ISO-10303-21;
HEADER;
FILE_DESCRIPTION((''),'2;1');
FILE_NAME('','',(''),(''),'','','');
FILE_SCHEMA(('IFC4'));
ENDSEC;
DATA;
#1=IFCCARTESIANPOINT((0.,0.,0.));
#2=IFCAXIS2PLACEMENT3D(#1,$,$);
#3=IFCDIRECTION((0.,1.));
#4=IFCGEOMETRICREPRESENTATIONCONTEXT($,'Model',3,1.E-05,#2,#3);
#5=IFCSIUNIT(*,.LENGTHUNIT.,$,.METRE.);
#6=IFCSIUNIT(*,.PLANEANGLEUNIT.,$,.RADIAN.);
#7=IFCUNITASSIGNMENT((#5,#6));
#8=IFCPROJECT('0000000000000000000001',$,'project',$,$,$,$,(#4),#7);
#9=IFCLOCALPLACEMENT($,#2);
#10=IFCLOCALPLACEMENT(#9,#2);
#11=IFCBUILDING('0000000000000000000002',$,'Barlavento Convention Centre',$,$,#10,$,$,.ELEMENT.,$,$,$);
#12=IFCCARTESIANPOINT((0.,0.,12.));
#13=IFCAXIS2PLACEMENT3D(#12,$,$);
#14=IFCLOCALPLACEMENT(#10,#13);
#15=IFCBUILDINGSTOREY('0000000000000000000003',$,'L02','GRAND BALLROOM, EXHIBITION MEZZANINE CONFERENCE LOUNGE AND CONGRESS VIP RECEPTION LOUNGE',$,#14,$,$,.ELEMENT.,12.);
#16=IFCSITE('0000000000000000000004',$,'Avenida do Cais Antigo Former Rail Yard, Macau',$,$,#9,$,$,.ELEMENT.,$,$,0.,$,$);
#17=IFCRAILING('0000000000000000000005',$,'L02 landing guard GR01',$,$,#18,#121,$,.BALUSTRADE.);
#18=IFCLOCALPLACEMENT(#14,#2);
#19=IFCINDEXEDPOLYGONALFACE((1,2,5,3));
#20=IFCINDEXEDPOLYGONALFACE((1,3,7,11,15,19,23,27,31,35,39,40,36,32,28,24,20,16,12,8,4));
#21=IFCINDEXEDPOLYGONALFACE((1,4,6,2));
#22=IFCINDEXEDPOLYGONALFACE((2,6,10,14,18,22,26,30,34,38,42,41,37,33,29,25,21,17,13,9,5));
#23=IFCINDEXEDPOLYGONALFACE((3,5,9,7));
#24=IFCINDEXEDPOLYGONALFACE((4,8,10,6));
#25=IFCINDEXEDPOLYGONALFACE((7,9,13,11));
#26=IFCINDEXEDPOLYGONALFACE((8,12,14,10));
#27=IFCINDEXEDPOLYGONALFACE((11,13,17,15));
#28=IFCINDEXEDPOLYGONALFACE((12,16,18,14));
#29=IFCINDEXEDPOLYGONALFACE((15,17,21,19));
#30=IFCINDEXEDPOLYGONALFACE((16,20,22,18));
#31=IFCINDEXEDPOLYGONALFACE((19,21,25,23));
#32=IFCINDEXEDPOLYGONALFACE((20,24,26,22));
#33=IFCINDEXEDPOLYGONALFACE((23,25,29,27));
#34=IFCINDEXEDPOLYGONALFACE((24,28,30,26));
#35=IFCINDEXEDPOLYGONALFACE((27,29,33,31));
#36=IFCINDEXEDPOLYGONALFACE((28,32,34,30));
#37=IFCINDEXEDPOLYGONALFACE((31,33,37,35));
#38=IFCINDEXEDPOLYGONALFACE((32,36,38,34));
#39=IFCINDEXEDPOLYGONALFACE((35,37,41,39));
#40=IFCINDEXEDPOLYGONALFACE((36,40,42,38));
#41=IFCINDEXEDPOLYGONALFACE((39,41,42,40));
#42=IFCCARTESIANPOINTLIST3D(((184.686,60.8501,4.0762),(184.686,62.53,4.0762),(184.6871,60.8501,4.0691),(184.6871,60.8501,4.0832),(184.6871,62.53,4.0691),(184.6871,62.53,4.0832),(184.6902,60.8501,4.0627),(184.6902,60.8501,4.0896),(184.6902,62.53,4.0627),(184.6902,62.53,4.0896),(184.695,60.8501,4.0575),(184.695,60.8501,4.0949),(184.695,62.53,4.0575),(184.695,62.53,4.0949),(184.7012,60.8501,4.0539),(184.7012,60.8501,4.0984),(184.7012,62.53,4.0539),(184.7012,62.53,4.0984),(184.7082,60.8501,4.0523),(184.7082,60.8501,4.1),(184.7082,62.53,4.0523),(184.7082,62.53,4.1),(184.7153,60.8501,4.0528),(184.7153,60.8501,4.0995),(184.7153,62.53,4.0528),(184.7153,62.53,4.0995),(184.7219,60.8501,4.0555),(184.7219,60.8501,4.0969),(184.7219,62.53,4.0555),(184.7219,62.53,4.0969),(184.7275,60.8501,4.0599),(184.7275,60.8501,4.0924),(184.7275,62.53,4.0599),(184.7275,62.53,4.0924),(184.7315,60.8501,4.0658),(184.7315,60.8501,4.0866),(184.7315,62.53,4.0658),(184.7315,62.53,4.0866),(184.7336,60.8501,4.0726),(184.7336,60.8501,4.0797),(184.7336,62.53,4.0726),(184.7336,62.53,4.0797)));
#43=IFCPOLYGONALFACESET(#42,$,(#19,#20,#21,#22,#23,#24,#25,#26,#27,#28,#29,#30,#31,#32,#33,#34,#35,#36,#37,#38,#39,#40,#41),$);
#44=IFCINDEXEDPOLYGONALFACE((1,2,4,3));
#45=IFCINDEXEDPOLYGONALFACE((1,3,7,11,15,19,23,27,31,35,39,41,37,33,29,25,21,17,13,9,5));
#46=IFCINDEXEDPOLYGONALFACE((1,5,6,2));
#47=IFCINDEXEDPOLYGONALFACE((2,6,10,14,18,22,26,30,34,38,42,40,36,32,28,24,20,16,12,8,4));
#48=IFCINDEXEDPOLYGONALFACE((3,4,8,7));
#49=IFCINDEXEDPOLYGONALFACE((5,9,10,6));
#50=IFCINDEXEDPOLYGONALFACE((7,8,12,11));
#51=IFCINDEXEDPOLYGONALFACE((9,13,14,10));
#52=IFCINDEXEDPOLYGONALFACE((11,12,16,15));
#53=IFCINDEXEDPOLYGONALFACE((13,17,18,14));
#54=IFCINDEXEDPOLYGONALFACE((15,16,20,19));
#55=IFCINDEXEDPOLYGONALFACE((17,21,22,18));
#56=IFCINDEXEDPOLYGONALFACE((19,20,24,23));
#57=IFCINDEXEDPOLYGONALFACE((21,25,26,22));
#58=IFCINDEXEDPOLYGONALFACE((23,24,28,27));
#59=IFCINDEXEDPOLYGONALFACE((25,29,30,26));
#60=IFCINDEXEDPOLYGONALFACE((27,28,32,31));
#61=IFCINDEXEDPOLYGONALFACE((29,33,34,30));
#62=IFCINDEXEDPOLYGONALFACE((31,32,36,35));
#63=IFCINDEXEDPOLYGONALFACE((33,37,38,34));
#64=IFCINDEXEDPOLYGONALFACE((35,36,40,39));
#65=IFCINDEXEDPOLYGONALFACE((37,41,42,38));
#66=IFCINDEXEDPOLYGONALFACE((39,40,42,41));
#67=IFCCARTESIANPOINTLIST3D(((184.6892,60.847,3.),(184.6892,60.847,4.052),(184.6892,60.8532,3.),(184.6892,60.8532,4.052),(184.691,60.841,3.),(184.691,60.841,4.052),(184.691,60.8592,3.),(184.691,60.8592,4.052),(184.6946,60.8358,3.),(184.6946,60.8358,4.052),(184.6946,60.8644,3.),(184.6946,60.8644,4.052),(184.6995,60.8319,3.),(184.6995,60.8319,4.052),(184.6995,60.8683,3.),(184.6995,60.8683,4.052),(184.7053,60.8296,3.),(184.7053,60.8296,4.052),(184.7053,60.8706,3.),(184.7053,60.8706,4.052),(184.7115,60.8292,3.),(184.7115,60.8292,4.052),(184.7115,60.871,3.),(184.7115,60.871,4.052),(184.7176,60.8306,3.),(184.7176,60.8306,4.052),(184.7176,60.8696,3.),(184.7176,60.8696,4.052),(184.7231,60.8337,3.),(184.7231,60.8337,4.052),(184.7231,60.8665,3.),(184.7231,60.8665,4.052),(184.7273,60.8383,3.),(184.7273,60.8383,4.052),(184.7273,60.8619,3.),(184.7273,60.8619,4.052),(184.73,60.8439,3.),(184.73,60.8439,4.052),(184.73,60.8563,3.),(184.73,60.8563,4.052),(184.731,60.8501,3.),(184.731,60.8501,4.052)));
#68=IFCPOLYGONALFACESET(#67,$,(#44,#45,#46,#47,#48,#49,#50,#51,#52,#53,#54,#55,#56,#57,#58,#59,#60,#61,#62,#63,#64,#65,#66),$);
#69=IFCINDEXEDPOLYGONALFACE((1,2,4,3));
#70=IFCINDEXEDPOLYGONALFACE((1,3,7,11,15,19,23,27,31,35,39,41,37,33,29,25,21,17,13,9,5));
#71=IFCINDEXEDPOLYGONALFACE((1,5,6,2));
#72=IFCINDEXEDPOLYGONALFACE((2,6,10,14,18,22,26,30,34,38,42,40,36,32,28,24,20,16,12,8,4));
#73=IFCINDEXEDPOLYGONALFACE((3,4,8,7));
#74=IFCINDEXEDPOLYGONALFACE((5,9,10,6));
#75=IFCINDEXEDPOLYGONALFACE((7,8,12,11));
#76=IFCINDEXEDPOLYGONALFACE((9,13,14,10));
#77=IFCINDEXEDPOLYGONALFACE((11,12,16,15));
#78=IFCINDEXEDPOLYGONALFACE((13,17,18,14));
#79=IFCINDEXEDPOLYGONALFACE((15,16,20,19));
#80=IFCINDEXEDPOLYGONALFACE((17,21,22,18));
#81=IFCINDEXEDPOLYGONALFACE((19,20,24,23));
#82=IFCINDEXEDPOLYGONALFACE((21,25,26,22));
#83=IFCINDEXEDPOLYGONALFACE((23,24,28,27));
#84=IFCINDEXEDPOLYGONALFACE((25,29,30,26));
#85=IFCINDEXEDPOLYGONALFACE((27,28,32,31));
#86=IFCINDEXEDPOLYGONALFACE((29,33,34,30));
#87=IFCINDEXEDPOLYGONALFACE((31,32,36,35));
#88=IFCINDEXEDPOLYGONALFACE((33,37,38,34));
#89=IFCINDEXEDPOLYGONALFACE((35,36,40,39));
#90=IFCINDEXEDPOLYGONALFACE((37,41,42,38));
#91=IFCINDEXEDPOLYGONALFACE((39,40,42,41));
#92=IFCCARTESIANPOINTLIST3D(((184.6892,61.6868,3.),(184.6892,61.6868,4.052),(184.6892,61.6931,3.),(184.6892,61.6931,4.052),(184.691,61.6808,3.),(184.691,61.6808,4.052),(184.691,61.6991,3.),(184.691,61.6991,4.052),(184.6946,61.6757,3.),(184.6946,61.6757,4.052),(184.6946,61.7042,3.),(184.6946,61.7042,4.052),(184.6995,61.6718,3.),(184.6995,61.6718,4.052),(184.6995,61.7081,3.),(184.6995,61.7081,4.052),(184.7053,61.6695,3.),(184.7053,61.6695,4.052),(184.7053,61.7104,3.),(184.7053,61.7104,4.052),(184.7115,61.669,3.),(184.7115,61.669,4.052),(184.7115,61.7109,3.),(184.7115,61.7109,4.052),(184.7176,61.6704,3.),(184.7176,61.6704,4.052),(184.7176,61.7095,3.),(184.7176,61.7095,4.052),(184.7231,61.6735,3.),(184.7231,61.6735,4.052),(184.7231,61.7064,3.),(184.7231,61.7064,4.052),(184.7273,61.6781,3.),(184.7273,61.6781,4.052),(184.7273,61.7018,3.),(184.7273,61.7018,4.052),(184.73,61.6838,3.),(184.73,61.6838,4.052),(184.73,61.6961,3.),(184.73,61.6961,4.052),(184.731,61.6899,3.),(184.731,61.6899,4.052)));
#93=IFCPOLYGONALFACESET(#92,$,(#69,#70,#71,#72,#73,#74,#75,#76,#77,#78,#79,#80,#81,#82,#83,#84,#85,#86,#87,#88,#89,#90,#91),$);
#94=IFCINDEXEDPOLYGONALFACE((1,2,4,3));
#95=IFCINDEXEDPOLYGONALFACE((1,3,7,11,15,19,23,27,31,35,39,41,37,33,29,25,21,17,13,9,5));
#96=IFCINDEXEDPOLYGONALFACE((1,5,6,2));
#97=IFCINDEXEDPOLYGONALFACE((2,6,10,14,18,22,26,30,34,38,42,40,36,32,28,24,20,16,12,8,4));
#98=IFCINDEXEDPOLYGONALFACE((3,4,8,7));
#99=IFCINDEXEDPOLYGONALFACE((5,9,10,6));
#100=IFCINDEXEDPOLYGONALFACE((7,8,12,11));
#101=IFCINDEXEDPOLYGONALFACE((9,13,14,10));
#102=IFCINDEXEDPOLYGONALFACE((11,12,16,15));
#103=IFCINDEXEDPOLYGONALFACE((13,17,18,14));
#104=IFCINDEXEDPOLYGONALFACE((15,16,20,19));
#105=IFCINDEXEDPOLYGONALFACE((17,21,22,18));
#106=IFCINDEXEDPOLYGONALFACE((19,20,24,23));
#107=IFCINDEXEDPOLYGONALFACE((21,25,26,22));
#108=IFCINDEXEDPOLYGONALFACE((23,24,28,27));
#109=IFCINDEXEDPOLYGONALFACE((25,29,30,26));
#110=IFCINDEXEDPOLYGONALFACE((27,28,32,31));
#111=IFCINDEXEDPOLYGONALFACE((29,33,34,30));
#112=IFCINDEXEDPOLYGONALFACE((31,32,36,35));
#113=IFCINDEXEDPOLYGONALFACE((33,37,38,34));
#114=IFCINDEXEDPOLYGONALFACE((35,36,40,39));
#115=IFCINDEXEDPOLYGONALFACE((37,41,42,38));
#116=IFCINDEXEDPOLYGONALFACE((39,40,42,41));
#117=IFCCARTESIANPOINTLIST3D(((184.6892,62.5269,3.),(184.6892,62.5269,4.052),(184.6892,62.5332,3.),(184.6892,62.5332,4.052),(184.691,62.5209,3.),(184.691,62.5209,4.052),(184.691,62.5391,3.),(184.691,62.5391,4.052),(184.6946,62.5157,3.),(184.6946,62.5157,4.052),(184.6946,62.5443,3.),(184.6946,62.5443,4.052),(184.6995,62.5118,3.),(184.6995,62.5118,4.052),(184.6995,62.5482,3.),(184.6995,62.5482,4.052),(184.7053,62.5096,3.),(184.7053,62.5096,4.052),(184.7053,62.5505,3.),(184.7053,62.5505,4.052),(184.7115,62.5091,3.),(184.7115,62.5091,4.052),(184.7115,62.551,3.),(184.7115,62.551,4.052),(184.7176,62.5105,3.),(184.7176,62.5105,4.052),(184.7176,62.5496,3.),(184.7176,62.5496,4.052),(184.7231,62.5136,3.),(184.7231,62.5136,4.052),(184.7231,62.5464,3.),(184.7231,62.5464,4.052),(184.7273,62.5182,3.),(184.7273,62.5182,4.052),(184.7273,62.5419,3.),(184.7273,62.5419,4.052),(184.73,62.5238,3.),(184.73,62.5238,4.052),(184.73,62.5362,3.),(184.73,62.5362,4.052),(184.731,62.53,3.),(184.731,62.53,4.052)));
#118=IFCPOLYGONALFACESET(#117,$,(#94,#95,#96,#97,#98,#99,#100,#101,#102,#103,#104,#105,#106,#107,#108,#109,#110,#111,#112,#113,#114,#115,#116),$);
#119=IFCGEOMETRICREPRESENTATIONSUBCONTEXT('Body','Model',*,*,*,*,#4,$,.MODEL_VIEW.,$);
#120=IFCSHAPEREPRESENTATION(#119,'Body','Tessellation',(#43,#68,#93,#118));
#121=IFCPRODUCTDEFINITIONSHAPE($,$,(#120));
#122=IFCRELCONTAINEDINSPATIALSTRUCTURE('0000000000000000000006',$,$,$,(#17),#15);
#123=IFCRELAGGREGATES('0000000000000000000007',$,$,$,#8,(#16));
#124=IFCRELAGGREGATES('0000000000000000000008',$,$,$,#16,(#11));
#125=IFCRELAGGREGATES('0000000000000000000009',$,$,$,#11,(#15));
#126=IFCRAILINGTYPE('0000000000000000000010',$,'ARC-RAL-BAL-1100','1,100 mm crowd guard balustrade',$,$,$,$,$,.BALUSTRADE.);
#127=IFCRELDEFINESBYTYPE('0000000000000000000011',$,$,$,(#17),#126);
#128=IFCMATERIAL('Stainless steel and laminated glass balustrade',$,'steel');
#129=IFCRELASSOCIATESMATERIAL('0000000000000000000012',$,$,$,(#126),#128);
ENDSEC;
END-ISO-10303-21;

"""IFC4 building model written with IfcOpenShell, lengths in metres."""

from ifc_helpers import new_model, si_unit, direction, frame, origin, origin_2d, place, context, subcontext, project, spatial, circle, extrude, material, type_object, element, save


model = new_model("IFC4")

# Units and contexts
model_context = context("Model", 3, precision=1e-05, world=origin(), true_north=direction((0.0, 1.0)))
body_context = subcontext(model_context, "Body", "Model", "MODEL_VIEW")
ifc_project = project(units=[si_unit("LENGTHUNIT", "METRE"), si_unit("PLANEANGLEUNIT", "RADIAN")], contexts=[model_context])

# Site, building, storey
site_placement = place(None, origin())
site = spatial("IfcSite", under=ifc_project, at=site_placement, Name="Avenida do Cais Antigo Former Rail Yard, Macau", CompositionType="ELEMENT", RefElevation=0.0)
building_placement = place(site_placement, origin())
building = spatial("IfcBuilding", under=site, at=building_placement, Name="Barlavento Convention Centre", CompositionType="ELEMENT")
storey_placement = place(building_placement, frame((0.0, 0.0, 12.0)))
storey = spatial("IfcBuildingStorey", under=building, at=storey_placement, Name="L02", Description="GRAND BALLROOM, EXHIBITION MEZZANINE CONFERENCE LOUNGE AND CONGRESS VIP RECEPTION LOUNGE", CompositionType="ELEMENT", Elevation=12.0)

# Railing
ifc_material_1 = material(Name="Stainless steel and laminated glass balustrade", Category="steel")
railing_type_1 = type_object("IfcRailingType", Name="ARC-RAL-BAL-1100", Description="1,100 mm crowd guard balustrade", PredefinedType="BALUSTRADE", material=ifc_material_1)
for number, where, name in (
    (1, (184.71, 60.8501, 3.0), "L02 landing guard GR01"),
):
    element("IfcRailing", number, at=place(storey_placement, frame(where)), inside=storey, type_object=railing_type_1, Name=name, PredefinedType="BALUSTRADE", context=body_context, shape_type="SweptSolid", body=[
        extrude(circle(Radius=0.0239, at=origin_2d()), frame((0.0, 0.0, 1.0762), z_axis=(0.0, 1.0, 0.0), x_axis=(-1.0, 0.0, 0.0)), (0.0, 0.0, 1.0), 1.6799),
        extrude(circle(Radius=0.021, at=origin_2d()), origin(), (0.0, 0.0, 1.0), 1.052),
        extrude(circle(Radius=0.021, at=origin_2d()), frame((0.0, 0.8398, 0.0)), (0.0, 0.0, 1.0), 1.052),
        extrude(circle(Radius=0.021, at=origin_2d()), frame((0.0, 1.6799, 0.0)), (0.0, 0.0, 1.0), 1.052),
    ])

save(model, "model.ifc")
